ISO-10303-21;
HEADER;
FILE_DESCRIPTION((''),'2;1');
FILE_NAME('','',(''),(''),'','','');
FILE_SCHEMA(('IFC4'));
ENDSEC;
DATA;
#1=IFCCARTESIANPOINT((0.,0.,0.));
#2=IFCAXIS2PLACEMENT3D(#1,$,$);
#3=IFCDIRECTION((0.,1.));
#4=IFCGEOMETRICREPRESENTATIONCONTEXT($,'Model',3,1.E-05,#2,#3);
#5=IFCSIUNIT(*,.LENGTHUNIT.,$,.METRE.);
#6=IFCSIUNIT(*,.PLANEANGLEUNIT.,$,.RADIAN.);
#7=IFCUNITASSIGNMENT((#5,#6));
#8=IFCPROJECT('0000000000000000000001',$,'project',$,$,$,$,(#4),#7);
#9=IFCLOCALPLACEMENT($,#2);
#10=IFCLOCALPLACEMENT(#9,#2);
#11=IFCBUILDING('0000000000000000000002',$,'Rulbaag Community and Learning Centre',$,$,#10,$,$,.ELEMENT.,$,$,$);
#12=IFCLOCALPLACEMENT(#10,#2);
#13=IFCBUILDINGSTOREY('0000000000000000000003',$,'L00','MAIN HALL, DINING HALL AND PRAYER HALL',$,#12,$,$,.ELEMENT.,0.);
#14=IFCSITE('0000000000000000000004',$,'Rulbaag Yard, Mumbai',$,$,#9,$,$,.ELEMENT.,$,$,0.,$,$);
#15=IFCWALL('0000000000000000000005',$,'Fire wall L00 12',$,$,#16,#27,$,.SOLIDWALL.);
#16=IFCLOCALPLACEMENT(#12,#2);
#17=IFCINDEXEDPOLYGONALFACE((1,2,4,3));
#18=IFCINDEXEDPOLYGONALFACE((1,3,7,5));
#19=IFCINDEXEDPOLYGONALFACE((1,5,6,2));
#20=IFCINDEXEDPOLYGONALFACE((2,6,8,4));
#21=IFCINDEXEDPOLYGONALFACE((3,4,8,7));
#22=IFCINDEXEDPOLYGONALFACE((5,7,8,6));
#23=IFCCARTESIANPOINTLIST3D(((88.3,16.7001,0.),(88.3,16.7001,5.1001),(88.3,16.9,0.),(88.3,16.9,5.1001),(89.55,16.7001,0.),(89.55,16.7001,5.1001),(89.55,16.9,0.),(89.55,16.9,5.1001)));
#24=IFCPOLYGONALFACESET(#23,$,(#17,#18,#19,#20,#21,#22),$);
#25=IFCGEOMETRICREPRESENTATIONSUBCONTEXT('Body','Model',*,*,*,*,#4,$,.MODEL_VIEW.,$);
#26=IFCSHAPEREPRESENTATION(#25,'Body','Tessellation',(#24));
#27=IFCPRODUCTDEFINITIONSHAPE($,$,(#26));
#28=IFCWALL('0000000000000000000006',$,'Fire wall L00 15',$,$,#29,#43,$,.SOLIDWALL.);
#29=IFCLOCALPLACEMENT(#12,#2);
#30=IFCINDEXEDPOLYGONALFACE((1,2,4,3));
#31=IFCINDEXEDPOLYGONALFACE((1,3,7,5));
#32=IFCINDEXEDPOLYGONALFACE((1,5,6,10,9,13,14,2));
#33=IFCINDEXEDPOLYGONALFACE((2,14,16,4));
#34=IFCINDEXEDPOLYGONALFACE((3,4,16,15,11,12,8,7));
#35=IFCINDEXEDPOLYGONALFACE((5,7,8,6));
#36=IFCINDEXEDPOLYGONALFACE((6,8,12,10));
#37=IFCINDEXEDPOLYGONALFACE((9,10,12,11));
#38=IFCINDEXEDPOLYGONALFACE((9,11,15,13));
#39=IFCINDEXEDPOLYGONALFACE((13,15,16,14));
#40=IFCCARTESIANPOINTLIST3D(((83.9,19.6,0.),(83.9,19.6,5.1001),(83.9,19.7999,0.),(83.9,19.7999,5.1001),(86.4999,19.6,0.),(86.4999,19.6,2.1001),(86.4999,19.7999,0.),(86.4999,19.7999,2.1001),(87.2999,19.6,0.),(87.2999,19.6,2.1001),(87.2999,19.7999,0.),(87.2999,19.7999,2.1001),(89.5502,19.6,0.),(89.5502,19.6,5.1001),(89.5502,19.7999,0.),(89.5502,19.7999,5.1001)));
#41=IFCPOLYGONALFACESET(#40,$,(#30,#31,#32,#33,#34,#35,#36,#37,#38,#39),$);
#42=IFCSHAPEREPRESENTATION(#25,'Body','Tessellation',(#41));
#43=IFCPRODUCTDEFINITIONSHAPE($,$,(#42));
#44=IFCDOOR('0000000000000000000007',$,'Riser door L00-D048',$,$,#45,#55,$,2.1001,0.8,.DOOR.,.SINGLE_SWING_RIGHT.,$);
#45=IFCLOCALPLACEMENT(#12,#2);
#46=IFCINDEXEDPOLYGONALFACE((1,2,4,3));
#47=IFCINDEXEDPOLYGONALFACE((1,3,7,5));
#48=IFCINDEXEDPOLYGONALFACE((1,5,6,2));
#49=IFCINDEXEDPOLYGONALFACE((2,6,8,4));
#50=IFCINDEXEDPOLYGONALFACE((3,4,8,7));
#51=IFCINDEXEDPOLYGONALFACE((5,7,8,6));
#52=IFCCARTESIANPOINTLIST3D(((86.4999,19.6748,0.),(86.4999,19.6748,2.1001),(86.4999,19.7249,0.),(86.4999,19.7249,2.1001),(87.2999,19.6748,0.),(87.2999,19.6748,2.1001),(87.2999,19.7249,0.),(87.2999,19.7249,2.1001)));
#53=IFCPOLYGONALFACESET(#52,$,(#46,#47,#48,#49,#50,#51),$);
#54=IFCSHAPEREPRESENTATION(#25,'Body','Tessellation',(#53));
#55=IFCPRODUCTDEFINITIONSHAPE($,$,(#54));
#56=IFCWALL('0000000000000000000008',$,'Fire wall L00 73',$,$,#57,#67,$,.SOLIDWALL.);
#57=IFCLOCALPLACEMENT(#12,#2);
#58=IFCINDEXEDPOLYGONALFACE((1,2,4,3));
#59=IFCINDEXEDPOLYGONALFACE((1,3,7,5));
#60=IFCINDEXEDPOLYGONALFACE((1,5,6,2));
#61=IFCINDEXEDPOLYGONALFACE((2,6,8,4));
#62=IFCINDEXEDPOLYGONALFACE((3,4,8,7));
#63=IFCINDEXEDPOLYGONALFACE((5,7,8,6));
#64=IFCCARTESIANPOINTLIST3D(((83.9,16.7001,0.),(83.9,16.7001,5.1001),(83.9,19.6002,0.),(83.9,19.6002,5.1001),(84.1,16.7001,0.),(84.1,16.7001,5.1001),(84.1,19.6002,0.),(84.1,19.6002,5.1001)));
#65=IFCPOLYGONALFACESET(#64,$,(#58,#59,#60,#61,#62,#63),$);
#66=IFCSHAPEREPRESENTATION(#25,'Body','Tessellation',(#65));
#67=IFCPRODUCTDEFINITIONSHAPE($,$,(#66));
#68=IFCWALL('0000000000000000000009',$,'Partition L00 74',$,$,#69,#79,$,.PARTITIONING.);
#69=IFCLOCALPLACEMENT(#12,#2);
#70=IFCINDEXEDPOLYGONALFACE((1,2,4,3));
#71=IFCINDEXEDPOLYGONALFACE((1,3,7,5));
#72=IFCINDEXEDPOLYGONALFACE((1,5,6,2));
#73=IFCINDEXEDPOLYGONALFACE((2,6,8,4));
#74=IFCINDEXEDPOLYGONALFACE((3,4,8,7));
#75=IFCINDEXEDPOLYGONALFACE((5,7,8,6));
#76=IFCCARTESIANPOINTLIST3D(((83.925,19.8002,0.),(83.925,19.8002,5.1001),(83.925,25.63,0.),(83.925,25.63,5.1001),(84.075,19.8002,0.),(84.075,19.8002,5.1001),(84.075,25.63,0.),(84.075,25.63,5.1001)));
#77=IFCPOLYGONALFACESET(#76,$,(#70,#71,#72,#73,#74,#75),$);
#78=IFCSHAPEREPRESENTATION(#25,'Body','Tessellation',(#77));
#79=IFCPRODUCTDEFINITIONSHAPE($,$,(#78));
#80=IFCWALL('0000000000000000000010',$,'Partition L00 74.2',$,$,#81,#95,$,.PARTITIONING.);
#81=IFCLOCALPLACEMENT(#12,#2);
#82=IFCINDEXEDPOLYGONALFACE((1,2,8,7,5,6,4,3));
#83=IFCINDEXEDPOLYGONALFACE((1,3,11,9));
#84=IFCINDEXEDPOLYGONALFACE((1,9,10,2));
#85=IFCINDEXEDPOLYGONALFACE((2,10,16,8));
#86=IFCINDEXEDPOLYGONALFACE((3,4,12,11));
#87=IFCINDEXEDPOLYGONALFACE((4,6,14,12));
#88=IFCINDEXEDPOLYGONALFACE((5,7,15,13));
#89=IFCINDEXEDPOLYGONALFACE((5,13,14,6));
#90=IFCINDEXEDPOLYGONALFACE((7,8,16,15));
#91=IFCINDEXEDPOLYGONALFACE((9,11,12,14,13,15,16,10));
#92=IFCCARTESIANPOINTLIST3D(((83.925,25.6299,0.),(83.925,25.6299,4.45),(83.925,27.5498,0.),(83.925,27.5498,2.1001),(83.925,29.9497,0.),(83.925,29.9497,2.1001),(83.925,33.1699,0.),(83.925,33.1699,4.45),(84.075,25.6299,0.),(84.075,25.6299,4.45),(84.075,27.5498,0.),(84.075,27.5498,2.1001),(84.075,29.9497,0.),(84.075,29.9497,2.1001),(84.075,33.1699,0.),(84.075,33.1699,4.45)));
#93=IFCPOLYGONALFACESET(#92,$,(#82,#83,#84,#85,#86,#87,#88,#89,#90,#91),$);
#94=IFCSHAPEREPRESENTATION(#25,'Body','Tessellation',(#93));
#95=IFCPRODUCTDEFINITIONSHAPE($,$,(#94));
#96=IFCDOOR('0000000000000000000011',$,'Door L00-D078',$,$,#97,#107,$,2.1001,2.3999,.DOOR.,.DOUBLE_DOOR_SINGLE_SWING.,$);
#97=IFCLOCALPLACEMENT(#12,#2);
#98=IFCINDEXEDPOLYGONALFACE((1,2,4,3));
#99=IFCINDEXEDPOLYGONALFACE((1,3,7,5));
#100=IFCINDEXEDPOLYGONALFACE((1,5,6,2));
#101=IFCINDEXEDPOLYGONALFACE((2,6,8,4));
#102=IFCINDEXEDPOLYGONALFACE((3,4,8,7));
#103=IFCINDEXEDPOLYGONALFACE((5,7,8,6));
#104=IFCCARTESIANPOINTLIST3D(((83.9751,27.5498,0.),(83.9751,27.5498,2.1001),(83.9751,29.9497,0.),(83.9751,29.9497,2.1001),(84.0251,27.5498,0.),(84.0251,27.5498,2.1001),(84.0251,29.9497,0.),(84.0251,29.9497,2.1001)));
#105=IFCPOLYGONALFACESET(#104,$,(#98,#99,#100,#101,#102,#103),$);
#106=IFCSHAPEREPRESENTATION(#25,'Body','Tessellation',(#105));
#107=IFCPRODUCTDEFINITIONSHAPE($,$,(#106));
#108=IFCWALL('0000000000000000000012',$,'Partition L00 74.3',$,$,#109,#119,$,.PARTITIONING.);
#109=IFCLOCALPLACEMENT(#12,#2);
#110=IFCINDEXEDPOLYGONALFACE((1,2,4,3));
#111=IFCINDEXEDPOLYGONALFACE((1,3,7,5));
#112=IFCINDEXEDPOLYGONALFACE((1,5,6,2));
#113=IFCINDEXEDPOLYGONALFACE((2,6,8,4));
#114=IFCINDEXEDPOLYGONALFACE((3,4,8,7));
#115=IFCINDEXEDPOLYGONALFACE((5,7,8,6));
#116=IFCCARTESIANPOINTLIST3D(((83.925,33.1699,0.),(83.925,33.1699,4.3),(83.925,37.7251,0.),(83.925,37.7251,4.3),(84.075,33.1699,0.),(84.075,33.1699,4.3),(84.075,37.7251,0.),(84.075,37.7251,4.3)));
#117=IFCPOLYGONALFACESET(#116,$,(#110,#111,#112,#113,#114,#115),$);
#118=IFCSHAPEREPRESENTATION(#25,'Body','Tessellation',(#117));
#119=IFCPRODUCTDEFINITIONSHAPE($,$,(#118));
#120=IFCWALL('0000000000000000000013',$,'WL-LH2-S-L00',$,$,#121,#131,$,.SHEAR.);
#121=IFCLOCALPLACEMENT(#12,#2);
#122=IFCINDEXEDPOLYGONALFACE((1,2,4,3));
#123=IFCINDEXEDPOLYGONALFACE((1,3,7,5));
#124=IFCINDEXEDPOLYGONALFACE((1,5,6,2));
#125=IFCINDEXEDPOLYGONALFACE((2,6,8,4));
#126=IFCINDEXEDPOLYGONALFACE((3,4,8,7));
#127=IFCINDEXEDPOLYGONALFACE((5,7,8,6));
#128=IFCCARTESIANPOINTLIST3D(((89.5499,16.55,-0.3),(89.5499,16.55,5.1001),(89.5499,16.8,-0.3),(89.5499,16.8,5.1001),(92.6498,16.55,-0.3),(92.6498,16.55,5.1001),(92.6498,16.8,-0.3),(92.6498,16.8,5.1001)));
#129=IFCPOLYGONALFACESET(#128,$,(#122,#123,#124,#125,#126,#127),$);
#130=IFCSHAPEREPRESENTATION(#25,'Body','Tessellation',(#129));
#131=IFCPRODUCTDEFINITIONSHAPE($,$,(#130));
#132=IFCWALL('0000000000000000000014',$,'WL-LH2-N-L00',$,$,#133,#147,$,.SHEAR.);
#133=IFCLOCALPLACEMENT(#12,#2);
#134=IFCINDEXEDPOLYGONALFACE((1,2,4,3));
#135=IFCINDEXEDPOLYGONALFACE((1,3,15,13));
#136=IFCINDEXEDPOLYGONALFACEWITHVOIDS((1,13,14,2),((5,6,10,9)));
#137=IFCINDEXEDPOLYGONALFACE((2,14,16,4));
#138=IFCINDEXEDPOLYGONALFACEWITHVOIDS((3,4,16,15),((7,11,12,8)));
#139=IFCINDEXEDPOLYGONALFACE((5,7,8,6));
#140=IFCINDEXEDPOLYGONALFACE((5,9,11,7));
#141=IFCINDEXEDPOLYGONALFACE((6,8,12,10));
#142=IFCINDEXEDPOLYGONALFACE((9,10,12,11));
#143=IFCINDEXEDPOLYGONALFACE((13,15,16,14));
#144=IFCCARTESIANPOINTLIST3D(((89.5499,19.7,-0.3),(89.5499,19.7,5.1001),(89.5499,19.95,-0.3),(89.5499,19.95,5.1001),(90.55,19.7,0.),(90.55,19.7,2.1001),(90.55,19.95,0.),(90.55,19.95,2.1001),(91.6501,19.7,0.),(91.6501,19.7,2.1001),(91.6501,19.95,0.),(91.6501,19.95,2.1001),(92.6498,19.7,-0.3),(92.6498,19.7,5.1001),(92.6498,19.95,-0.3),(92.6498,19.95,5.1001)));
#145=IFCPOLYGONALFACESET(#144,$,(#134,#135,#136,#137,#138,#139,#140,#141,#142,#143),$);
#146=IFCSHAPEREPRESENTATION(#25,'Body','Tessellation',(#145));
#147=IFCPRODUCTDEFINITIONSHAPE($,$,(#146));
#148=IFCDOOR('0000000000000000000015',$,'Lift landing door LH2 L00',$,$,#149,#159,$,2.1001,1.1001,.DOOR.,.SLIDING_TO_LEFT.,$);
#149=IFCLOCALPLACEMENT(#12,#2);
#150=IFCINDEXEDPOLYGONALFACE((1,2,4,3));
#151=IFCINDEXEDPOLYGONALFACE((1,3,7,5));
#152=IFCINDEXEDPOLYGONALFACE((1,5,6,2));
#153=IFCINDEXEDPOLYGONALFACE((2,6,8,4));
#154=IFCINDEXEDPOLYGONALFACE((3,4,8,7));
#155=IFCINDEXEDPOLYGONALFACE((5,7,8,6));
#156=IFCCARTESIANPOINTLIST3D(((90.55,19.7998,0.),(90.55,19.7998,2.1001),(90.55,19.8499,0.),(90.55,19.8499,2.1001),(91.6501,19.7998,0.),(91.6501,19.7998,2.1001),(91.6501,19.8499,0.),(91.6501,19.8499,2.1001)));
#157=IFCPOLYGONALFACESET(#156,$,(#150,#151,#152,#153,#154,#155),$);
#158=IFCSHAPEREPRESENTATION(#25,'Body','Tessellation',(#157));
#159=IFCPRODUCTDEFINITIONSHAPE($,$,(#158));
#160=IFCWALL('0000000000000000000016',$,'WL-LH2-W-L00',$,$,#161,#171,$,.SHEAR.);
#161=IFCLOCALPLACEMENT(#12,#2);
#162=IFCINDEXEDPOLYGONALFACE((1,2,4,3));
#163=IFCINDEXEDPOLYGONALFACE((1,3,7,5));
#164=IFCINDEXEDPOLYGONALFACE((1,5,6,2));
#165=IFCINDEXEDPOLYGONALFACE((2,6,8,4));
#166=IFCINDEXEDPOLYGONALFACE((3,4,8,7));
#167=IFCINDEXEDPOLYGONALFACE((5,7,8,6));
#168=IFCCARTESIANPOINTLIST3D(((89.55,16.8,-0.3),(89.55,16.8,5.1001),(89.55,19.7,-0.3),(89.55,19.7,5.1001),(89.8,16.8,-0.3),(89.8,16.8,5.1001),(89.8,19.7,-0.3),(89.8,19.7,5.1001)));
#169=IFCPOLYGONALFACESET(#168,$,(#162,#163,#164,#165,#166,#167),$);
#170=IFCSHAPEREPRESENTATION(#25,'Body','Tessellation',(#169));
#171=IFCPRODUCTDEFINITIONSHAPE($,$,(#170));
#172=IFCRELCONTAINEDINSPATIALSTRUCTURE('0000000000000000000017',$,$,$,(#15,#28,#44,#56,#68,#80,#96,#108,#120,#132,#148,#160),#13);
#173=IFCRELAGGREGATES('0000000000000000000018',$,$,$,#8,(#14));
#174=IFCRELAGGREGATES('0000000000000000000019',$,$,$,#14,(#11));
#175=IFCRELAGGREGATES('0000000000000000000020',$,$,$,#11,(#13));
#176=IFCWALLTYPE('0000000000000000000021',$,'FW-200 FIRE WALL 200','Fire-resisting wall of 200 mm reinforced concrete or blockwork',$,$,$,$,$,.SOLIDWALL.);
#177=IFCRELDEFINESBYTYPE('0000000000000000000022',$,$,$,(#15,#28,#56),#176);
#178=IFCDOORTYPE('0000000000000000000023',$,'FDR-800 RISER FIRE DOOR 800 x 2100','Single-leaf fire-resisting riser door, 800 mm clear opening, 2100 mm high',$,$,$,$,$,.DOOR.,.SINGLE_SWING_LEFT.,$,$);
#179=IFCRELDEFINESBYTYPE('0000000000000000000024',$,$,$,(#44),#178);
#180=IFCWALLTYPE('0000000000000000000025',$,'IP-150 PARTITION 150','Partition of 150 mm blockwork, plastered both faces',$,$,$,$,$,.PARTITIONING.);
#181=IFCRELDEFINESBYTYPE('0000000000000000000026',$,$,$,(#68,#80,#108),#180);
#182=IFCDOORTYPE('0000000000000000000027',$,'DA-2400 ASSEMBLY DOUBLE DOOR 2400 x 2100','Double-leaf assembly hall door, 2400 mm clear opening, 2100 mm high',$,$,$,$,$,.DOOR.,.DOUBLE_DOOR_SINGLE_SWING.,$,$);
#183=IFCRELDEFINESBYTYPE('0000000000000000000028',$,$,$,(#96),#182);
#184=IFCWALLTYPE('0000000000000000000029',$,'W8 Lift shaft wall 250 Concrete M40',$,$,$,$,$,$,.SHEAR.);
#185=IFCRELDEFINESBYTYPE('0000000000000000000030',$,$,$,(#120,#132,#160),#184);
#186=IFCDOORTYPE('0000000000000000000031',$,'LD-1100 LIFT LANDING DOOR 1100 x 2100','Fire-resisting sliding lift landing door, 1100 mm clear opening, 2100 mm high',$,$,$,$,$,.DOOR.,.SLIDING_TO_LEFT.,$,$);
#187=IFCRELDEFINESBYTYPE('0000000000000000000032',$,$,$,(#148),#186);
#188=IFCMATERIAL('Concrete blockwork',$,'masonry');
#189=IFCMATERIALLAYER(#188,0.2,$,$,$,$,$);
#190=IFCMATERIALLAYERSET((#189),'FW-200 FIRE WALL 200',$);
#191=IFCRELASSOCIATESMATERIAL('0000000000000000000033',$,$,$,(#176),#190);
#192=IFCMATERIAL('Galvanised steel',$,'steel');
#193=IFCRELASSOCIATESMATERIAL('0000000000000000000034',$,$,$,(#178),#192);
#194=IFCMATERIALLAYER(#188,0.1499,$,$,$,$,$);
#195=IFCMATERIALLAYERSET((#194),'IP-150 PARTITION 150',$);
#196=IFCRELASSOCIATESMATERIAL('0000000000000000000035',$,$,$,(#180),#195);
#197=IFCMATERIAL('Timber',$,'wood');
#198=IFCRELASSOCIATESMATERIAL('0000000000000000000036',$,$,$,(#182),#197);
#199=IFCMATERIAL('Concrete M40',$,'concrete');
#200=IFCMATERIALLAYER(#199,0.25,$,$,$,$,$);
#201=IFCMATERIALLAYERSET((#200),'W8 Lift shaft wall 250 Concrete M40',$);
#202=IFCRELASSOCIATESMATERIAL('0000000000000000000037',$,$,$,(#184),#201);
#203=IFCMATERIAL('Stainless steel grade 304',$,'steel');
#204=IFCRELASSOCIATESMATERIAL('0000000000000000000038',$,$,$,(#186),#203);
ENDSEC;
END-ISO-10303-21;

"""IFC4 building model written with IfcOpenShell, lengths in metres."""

from ifc_helpers import new_model, si_unit, direction, frame, frame_2d, origin, place, context, subcontext, project, spatial, rectangle, extrude, material, layer, layer_set, type_object, element, fill, save


model = new_model("IFC4")

# Units and contexts
model_context = context("Model", 3, precision=1e-05, world=origin(), true_north=direction((0.0, 1.0)))
body_context = subcontext(model_context, "Body", "Model", "MODEL_VIEW")
ifc_project = project(units=[si_unit("LENGTHUNIT", "METRE"), si_unit("PLANEANGLEUNIT", "RADIAN")], contexts=[model_context])

# Site, building, storey
site_placement = place(None, origin())
site = spatial("IfcSite", under=ifc_project, at=site_placement, Name="Rulbaag Yard, Mumbai", CompositionType="ELEMENT", RefElevation=0.0)
building_placement = place(site_placement, origin())
building = spatial("IfcBuilding", under=site, at=building_placement, Name="Rulbaag Community and Learning Centre", CompositionType="ELEMENT")
storey_placement = place(building_placement, origin())
storey = spatial("IfcBuildingStorey", under=building, at=storey_placement, Name="L00", Description="MAIN HALL, DINING HALL AND PRAYER HALL", CompositionType="ELEMENT", Elevation=0.0)

# Shared definitions
ifc_material_1 = material(Name="Concrete M40", Category="concrete")

# Wall
ifc_material_2 = material(Name="Concrete blockwork", Category="masonry")
ifc_layer_1 = layer(ifc_material_2, 0.2)
ifc_layer_set_1 = layer_set([ifc_layer_1], Name="FW-200 FIRE WALL 200")
wall_type_1 = type_object("IfcWallType", Name="FW-200 FIRE WALL 200", Description="Fire-resisting wall of 200 mm reinforced concrete or blockwork", PredefinedType="SOLIDWALL", material=ifc_layer_set_1)
wall_1_placement = place(storey_placement, frame((88.3, 16.8, 0.0), z_axis=(0.0, 0.0, 1.0), x_axis=(1.0, 0.0, 0.0)))
element("IfcWall", 1, at=wall_1_placement, inside=storey, type_object=wall_type_1, Name="Fire wall L00 12", PredefinedType="SOLIDWALL", context=body_context, shape_type="SweptSolid", body=[
    extrude(rectangle(XDim=1.25, YDim=0.2, at=frame_2d((0.625, 0.0))), origin(), (0.0, 0.0, 1.0), 5.1001),
])

# Wall, opening, door
wall_2_placement = place(storey_placement, frame((83.8999, 19.7, 0.0), z_axis=(0.0, 0.0, 1.0), x_axis=(1.0, 0.0, 0.0)))
wall_2 = element("IfcWall", 2, at=wall_2_placement, inside=storey, type_object=wall_type_1, Name="Fire wall L00 15", PredefinedType="SOLIDWALL", context=body_context, shape_type="SweptSolid", body=[
    extrude(rectangle(XDim=5.6501, YDim=0.2, at=frame_2d((2.8252, 0.0))), origin(), (0.0, 0.0, 1.0), 5.1001),
])
opening_1_placement = place(wall_2_placement, frame((2.6001, 0.0, 0.0)))
opening_1 = element("IfcOpeningElement", 3, at=opening_1_placement, cuts=wall_2, PredefinedType="OPENING", context=body_context, shape_type="SweptSolid", body=[
    extrude(rectangle(XDim=0.8, YDim=2.1001, at=frame_2d((0.3999, 1.05))), frame((0.0, 0.1099, 0.0), z_axis=(0.0, -1.0, 0.0), x_axis=(1.0, 0.0, 0.0)), (0.0, 0.0, 1.0), 0.22),
])
ifc_material_3 = material(Name="Galvanised steel", Category="steel")
door_type_1 = type_object("IfcDoorType", Name="FDR-800 RISER FIRE DOOR 800 x 2100", Description="Single-leaf fire-resisting riser door, 800 mm clear opening, 2100 mm high", OperationType="SINGLE_SWING_LEFT", PredefinedType="DOOR", material=ifc_material_3)
door_1_placement = place(opening_1_placement, origin())
door_1 = element("IfcDoor", 4, at=door_1_placement, inside=storey, type_object=door_type_1, Name="Riser door L00-D048", OperationType="SINGLE_SWING_RIGHT", OverallHeight=2.1001, OverallWidth=0.8, PredefinedType="DOOR", context=body_context, shape_type="SweptSolid", body=[
    extrude(rectangle(XDim=0.8, YDim=2.1001, at=frame_2d((0.3999, 1.05))), frame((0.0, 0.0249, 0.0), z_axis=(0.0, -1.0, 0.0), x_axis=(1.0, 0.0, 0.0)), (0.0, 0.0, 1.0), 0.05),
])
fill(opening_1, door_1)

# Walls
wall_3_placement = place(storey_placement, frame((84.0, 16.7, 0.0), z_axis=(0.0, 0.0, 1.0), x_axis=(0.0, 1.0, 0.0)))
element("IfcWall", 5, at=wall_3_placement, inside=storey, type_object=wall_type_1, Name="Fire wall L00 73", PredefinedType="SOLIDWALL", context=body_context, shape_type="SweptSolid", body=[
    extrude(rectangle(XDim=2.9001, YDim=0.2, at=frame_2d((1.4502, 0.0))), origin(), (0.0, 0.0, 1.0), 5.1001),
])
ifc_layer_2 = layer(ifc_material_2, 0.1499)
ifc_layer_set_2 = layer_set([ifc_layer_2], Name="IP-150 PARTITION 150")
wall_type_2 = type_object("IfcWallType", Name="IP-150 PARTITION 150", Description="Partition of 150 mm blockwork, plastered both faces", PredefinedType="PARTITIONING", material=ifc_layer_set_2)
wall_4_placement = place(storey_placement, frame((84.0, 19.8, 0.0), z_axis=(0.0, 0.0, 1.0), x_axis=(0.0, 1.0, 0.0)))
element("IfcWall", 6, at=wall_4_placement, inside=storey, type_object=wall_type_2, Name="Partition L00 74", PredefinedType="PARTITIONING", context=body_context, shape_type="SweptSolid", body=[
    extrude(rectangle(XDim=5.8298, YDim=0.1499, at=frame_2d((2.915, 0.0))), origin(), (0.0, 0.0, 1.0), 5.1001),
])

# Wall, opening, door
wall_5_placement = place(storey_placement, frame((84.0, 25.6299, 0.0), z_axis=(0.0, 0.0, 1.0), x_axis=(0.0, 1.0, 0.0)))
wall_5 = element("IfcWall", 7, at=wall_5_placement, inside=storey, type_object=wall_type_2, Name="Partition L00 74.2", PredefinedType="PARTITIONING", context=body_context, shape_type="SweptSolid", body=[
    extrude(rectangle(XDim=7.54, YDim=0.1499, at=frame_2d((3.77, 0.0))), origin(), (0.0, 0.0, 1.0), 4.45),
])
opening_2_placement = place(wall_5_placement, frame((1.9199, 0.0, 0.0)))
opening_2 = element("IfcOpeningElement", 8, at=opening_2_placement, cuts=wall_5, PredefinedType="OPENING", context=body_context, shape_type="SweptSolid", body=[
    extrude(rectangle(XDim=2.3999, YDim=2.1001, at=frame_2d((1.2, 1.05))), frame((0.0, 0.085, 0.0), z_axis=(0.0, -1.0, 0.0), x_axis=(1.0, 0.0, 0.0)), (0.0, 0.0, 1.0), 0.1699),
])
ifc_material_4 = material(Name="Timber", Category="wood")
door_type_2 = type_object("IfcDoorType", Name="DA-2400 ASSEMBLY DOUBLE DOOR 2400 x 2100", Description="Double-leaf assembly hall door, 2400 mm clear opening, 2100 mm high", OperationType="DOUBLE_DOOR_SINGLE_SWING", PredefinedType="DOOR", material=ifc_material_4)
door_2_placement = place(opening_2_placement, origin())
door_2 = element("IfcDoor", 9, at=door_2_placement, inside=storey, type_object=door_type_2, Name="Door L00-D078", OperationType="DOUBLE_DOOR_SINGLE_SWING", OverallHeight=2.1001, OverallWidth=2.3999, PredefinedType="DOOR", context=body_context, shape_type="SweptSolid", body=[
    extrude(rectangle(XDim=2.3999, YDim=2.1001, at=frame_2d((1.2, 1.05))), frame((0.0, 0.0249, 0.0), z_axis=(0.0, -1.0, 0.0), x_axis=(1.0, 0.0, 0.0)), (0.0, 0.0, 1.0), 0.05),
])
fill(opening_2, door_2)

# Walls
wall_6_placement = place(storey_placement, frame((84.0, 33.1699, 0.0), z_axis=(0.0, 0.0, 1.0), x_axis=(0.0, 1.0, 0.0)))
element("IfcWall", 10, at=wall_6_placement, inside=storey, type_object=wall_type_2, Name="Partition L00 74.3", PredefinedType="PARTITIONING", context=body_context, shape_type="SweptSolid", body=[
    extrude(rectangle(XDim=4.5552, YDim=0.1499, at=frame_2d((2.2776, 0.0))), origin(), (0.0, 0.0, 1.0), 4.3),
])
ifc_layer_3 = layer(ifc_material_1, 0.25)
ifc_layer_set_3 = layer_set([ifc_layer_3], Name="W8 Lift shaft wall 250 Concrete M40")
wall_type_3 = type_object("IfcWallType", Name="W8 Lift shaft wall 250 Concrete M40", PredefinedType="SHEAR", material=ifc_layer_set_3)
wall_7_placement = place(storey_placement, frame((89.55, 16.675, -0.3), z_axis=(0.0, 0.0, 1.0), x_axis=(1.0, 0.0, 0.0)))
element("IfcWall", 11, at=wall_7_placement, inside=storey, type_object=wall_type_3, Name="WL-LH2-S-L00", PredefinedType="SHEAR", context=body_context, shape_type="SweptSolid", body=[
    extrude(rectangle(XDim=3.0999, YDim=0.25, at=frame_2d((1.5498, 0.0))), origin(), (0.0, 0.0, 1.0), 5.4001),
])

# Wall, opening, door
wall_8_placement = place(storey_placement, frame((89.55, 19.825, -0.3), z_axis=(0.0, 0.0, 1.0), x_axis=(1.0, 0.0, 0.0)))
wall_8 = element("IfcWall", 12, at=wall_8_placement, inside=storey, type_object=wall_type_3, Name="WL-LH2-N-L00", PredefinedType="SHEAR", context=body_context, shape_type="SweptSolid", body=[
    extrude(rectangle(XDim=3.0999, YDim=0.25, at=frame_2d((1.5498, 0.0))), origin(), (0.0, 0.0, 1.0), 5.4001),
])
opening_3_placement = place(wall_8_placement, frame((1.0, 0.0, 0.3)))
opening_3 = element("IfcOpeningElement", 13, at=opening_3_placement, cuts=wall_8, PredefinedType="OPENING", context=body_context, shape_type="SweptSolid", body=[
    extrude(rectangle(XDim=1.1001, YDim=2.1001, at=frame_2d((0.55, 1.05))), frame((0.0, 0.135, 0.0), z_axis=(0.0, -1.0, 0.0), x_axis=(1.0, 0.0, 0.0)), (0.0, 0.0, 1.0), 0.27),
])
ifc_material_5 = material(Name="Stainless steel grade 304", Category="steel")
door_type_3 = type_object("IfcDoorType", Name="LD-1100 LIFT LANDING DOOR 1100 x 2100", Description="Fire-resisting sliding lift landing door, 1100 mm clear opening, 2100 mm high", OperationType="SLIDING_TO_LEFT", PredefinedType="DOOR", material=ifc_material_5)
door_3_placement = place(opening_3_placement, origin())
door_3 = element("IfcDoor", 14, at=door_3_placement, inside=storey, type_object=door_type_3, Name="Lift landing door LH2 L00", OperationType="SLIDING_TO_LEFT", OverallHeight=2.1001, OverallWidth=1.1001, PredefinedType="DOOR", context=body_context, shape_type="SweptSolid", body=[
    extrude(rectangle(XDim=1.1001, YDim=2.1001, at=frame_2d((0.55, 1.05))), frame((0.0, 0.0249, 0.0), z_axis=(0.0, -1.0, 0.0), x_axis=(1.0, 0.0, 0.0)), (0.0, 0.0, 1.0), 0.05),
])
fill(opening_3, door_3)

# Wall
wall_9_placement = place(storey_placement, frame((89.675, 16.8, -0.3), z_axis=(0.0, 0.0, 1.0), x_axis=(0.0, 1.0, 0.0)))
element("IfcWall", 15, at=wall_9_placement, inside=storey, type_object=wall_type_3, Name="WL-LH2-W-L00", PredefinedType="SHEAR", context=body_context, shape_type="SweptSolid", body=[
    extrude(rectangle(XDim=2.8999, YDim=0.25, at=frame_2d((1.45, 0.0))), origin(), (0.0, 0.0, 1.0), 5.4001),
])

save(model, "model.ifc")
